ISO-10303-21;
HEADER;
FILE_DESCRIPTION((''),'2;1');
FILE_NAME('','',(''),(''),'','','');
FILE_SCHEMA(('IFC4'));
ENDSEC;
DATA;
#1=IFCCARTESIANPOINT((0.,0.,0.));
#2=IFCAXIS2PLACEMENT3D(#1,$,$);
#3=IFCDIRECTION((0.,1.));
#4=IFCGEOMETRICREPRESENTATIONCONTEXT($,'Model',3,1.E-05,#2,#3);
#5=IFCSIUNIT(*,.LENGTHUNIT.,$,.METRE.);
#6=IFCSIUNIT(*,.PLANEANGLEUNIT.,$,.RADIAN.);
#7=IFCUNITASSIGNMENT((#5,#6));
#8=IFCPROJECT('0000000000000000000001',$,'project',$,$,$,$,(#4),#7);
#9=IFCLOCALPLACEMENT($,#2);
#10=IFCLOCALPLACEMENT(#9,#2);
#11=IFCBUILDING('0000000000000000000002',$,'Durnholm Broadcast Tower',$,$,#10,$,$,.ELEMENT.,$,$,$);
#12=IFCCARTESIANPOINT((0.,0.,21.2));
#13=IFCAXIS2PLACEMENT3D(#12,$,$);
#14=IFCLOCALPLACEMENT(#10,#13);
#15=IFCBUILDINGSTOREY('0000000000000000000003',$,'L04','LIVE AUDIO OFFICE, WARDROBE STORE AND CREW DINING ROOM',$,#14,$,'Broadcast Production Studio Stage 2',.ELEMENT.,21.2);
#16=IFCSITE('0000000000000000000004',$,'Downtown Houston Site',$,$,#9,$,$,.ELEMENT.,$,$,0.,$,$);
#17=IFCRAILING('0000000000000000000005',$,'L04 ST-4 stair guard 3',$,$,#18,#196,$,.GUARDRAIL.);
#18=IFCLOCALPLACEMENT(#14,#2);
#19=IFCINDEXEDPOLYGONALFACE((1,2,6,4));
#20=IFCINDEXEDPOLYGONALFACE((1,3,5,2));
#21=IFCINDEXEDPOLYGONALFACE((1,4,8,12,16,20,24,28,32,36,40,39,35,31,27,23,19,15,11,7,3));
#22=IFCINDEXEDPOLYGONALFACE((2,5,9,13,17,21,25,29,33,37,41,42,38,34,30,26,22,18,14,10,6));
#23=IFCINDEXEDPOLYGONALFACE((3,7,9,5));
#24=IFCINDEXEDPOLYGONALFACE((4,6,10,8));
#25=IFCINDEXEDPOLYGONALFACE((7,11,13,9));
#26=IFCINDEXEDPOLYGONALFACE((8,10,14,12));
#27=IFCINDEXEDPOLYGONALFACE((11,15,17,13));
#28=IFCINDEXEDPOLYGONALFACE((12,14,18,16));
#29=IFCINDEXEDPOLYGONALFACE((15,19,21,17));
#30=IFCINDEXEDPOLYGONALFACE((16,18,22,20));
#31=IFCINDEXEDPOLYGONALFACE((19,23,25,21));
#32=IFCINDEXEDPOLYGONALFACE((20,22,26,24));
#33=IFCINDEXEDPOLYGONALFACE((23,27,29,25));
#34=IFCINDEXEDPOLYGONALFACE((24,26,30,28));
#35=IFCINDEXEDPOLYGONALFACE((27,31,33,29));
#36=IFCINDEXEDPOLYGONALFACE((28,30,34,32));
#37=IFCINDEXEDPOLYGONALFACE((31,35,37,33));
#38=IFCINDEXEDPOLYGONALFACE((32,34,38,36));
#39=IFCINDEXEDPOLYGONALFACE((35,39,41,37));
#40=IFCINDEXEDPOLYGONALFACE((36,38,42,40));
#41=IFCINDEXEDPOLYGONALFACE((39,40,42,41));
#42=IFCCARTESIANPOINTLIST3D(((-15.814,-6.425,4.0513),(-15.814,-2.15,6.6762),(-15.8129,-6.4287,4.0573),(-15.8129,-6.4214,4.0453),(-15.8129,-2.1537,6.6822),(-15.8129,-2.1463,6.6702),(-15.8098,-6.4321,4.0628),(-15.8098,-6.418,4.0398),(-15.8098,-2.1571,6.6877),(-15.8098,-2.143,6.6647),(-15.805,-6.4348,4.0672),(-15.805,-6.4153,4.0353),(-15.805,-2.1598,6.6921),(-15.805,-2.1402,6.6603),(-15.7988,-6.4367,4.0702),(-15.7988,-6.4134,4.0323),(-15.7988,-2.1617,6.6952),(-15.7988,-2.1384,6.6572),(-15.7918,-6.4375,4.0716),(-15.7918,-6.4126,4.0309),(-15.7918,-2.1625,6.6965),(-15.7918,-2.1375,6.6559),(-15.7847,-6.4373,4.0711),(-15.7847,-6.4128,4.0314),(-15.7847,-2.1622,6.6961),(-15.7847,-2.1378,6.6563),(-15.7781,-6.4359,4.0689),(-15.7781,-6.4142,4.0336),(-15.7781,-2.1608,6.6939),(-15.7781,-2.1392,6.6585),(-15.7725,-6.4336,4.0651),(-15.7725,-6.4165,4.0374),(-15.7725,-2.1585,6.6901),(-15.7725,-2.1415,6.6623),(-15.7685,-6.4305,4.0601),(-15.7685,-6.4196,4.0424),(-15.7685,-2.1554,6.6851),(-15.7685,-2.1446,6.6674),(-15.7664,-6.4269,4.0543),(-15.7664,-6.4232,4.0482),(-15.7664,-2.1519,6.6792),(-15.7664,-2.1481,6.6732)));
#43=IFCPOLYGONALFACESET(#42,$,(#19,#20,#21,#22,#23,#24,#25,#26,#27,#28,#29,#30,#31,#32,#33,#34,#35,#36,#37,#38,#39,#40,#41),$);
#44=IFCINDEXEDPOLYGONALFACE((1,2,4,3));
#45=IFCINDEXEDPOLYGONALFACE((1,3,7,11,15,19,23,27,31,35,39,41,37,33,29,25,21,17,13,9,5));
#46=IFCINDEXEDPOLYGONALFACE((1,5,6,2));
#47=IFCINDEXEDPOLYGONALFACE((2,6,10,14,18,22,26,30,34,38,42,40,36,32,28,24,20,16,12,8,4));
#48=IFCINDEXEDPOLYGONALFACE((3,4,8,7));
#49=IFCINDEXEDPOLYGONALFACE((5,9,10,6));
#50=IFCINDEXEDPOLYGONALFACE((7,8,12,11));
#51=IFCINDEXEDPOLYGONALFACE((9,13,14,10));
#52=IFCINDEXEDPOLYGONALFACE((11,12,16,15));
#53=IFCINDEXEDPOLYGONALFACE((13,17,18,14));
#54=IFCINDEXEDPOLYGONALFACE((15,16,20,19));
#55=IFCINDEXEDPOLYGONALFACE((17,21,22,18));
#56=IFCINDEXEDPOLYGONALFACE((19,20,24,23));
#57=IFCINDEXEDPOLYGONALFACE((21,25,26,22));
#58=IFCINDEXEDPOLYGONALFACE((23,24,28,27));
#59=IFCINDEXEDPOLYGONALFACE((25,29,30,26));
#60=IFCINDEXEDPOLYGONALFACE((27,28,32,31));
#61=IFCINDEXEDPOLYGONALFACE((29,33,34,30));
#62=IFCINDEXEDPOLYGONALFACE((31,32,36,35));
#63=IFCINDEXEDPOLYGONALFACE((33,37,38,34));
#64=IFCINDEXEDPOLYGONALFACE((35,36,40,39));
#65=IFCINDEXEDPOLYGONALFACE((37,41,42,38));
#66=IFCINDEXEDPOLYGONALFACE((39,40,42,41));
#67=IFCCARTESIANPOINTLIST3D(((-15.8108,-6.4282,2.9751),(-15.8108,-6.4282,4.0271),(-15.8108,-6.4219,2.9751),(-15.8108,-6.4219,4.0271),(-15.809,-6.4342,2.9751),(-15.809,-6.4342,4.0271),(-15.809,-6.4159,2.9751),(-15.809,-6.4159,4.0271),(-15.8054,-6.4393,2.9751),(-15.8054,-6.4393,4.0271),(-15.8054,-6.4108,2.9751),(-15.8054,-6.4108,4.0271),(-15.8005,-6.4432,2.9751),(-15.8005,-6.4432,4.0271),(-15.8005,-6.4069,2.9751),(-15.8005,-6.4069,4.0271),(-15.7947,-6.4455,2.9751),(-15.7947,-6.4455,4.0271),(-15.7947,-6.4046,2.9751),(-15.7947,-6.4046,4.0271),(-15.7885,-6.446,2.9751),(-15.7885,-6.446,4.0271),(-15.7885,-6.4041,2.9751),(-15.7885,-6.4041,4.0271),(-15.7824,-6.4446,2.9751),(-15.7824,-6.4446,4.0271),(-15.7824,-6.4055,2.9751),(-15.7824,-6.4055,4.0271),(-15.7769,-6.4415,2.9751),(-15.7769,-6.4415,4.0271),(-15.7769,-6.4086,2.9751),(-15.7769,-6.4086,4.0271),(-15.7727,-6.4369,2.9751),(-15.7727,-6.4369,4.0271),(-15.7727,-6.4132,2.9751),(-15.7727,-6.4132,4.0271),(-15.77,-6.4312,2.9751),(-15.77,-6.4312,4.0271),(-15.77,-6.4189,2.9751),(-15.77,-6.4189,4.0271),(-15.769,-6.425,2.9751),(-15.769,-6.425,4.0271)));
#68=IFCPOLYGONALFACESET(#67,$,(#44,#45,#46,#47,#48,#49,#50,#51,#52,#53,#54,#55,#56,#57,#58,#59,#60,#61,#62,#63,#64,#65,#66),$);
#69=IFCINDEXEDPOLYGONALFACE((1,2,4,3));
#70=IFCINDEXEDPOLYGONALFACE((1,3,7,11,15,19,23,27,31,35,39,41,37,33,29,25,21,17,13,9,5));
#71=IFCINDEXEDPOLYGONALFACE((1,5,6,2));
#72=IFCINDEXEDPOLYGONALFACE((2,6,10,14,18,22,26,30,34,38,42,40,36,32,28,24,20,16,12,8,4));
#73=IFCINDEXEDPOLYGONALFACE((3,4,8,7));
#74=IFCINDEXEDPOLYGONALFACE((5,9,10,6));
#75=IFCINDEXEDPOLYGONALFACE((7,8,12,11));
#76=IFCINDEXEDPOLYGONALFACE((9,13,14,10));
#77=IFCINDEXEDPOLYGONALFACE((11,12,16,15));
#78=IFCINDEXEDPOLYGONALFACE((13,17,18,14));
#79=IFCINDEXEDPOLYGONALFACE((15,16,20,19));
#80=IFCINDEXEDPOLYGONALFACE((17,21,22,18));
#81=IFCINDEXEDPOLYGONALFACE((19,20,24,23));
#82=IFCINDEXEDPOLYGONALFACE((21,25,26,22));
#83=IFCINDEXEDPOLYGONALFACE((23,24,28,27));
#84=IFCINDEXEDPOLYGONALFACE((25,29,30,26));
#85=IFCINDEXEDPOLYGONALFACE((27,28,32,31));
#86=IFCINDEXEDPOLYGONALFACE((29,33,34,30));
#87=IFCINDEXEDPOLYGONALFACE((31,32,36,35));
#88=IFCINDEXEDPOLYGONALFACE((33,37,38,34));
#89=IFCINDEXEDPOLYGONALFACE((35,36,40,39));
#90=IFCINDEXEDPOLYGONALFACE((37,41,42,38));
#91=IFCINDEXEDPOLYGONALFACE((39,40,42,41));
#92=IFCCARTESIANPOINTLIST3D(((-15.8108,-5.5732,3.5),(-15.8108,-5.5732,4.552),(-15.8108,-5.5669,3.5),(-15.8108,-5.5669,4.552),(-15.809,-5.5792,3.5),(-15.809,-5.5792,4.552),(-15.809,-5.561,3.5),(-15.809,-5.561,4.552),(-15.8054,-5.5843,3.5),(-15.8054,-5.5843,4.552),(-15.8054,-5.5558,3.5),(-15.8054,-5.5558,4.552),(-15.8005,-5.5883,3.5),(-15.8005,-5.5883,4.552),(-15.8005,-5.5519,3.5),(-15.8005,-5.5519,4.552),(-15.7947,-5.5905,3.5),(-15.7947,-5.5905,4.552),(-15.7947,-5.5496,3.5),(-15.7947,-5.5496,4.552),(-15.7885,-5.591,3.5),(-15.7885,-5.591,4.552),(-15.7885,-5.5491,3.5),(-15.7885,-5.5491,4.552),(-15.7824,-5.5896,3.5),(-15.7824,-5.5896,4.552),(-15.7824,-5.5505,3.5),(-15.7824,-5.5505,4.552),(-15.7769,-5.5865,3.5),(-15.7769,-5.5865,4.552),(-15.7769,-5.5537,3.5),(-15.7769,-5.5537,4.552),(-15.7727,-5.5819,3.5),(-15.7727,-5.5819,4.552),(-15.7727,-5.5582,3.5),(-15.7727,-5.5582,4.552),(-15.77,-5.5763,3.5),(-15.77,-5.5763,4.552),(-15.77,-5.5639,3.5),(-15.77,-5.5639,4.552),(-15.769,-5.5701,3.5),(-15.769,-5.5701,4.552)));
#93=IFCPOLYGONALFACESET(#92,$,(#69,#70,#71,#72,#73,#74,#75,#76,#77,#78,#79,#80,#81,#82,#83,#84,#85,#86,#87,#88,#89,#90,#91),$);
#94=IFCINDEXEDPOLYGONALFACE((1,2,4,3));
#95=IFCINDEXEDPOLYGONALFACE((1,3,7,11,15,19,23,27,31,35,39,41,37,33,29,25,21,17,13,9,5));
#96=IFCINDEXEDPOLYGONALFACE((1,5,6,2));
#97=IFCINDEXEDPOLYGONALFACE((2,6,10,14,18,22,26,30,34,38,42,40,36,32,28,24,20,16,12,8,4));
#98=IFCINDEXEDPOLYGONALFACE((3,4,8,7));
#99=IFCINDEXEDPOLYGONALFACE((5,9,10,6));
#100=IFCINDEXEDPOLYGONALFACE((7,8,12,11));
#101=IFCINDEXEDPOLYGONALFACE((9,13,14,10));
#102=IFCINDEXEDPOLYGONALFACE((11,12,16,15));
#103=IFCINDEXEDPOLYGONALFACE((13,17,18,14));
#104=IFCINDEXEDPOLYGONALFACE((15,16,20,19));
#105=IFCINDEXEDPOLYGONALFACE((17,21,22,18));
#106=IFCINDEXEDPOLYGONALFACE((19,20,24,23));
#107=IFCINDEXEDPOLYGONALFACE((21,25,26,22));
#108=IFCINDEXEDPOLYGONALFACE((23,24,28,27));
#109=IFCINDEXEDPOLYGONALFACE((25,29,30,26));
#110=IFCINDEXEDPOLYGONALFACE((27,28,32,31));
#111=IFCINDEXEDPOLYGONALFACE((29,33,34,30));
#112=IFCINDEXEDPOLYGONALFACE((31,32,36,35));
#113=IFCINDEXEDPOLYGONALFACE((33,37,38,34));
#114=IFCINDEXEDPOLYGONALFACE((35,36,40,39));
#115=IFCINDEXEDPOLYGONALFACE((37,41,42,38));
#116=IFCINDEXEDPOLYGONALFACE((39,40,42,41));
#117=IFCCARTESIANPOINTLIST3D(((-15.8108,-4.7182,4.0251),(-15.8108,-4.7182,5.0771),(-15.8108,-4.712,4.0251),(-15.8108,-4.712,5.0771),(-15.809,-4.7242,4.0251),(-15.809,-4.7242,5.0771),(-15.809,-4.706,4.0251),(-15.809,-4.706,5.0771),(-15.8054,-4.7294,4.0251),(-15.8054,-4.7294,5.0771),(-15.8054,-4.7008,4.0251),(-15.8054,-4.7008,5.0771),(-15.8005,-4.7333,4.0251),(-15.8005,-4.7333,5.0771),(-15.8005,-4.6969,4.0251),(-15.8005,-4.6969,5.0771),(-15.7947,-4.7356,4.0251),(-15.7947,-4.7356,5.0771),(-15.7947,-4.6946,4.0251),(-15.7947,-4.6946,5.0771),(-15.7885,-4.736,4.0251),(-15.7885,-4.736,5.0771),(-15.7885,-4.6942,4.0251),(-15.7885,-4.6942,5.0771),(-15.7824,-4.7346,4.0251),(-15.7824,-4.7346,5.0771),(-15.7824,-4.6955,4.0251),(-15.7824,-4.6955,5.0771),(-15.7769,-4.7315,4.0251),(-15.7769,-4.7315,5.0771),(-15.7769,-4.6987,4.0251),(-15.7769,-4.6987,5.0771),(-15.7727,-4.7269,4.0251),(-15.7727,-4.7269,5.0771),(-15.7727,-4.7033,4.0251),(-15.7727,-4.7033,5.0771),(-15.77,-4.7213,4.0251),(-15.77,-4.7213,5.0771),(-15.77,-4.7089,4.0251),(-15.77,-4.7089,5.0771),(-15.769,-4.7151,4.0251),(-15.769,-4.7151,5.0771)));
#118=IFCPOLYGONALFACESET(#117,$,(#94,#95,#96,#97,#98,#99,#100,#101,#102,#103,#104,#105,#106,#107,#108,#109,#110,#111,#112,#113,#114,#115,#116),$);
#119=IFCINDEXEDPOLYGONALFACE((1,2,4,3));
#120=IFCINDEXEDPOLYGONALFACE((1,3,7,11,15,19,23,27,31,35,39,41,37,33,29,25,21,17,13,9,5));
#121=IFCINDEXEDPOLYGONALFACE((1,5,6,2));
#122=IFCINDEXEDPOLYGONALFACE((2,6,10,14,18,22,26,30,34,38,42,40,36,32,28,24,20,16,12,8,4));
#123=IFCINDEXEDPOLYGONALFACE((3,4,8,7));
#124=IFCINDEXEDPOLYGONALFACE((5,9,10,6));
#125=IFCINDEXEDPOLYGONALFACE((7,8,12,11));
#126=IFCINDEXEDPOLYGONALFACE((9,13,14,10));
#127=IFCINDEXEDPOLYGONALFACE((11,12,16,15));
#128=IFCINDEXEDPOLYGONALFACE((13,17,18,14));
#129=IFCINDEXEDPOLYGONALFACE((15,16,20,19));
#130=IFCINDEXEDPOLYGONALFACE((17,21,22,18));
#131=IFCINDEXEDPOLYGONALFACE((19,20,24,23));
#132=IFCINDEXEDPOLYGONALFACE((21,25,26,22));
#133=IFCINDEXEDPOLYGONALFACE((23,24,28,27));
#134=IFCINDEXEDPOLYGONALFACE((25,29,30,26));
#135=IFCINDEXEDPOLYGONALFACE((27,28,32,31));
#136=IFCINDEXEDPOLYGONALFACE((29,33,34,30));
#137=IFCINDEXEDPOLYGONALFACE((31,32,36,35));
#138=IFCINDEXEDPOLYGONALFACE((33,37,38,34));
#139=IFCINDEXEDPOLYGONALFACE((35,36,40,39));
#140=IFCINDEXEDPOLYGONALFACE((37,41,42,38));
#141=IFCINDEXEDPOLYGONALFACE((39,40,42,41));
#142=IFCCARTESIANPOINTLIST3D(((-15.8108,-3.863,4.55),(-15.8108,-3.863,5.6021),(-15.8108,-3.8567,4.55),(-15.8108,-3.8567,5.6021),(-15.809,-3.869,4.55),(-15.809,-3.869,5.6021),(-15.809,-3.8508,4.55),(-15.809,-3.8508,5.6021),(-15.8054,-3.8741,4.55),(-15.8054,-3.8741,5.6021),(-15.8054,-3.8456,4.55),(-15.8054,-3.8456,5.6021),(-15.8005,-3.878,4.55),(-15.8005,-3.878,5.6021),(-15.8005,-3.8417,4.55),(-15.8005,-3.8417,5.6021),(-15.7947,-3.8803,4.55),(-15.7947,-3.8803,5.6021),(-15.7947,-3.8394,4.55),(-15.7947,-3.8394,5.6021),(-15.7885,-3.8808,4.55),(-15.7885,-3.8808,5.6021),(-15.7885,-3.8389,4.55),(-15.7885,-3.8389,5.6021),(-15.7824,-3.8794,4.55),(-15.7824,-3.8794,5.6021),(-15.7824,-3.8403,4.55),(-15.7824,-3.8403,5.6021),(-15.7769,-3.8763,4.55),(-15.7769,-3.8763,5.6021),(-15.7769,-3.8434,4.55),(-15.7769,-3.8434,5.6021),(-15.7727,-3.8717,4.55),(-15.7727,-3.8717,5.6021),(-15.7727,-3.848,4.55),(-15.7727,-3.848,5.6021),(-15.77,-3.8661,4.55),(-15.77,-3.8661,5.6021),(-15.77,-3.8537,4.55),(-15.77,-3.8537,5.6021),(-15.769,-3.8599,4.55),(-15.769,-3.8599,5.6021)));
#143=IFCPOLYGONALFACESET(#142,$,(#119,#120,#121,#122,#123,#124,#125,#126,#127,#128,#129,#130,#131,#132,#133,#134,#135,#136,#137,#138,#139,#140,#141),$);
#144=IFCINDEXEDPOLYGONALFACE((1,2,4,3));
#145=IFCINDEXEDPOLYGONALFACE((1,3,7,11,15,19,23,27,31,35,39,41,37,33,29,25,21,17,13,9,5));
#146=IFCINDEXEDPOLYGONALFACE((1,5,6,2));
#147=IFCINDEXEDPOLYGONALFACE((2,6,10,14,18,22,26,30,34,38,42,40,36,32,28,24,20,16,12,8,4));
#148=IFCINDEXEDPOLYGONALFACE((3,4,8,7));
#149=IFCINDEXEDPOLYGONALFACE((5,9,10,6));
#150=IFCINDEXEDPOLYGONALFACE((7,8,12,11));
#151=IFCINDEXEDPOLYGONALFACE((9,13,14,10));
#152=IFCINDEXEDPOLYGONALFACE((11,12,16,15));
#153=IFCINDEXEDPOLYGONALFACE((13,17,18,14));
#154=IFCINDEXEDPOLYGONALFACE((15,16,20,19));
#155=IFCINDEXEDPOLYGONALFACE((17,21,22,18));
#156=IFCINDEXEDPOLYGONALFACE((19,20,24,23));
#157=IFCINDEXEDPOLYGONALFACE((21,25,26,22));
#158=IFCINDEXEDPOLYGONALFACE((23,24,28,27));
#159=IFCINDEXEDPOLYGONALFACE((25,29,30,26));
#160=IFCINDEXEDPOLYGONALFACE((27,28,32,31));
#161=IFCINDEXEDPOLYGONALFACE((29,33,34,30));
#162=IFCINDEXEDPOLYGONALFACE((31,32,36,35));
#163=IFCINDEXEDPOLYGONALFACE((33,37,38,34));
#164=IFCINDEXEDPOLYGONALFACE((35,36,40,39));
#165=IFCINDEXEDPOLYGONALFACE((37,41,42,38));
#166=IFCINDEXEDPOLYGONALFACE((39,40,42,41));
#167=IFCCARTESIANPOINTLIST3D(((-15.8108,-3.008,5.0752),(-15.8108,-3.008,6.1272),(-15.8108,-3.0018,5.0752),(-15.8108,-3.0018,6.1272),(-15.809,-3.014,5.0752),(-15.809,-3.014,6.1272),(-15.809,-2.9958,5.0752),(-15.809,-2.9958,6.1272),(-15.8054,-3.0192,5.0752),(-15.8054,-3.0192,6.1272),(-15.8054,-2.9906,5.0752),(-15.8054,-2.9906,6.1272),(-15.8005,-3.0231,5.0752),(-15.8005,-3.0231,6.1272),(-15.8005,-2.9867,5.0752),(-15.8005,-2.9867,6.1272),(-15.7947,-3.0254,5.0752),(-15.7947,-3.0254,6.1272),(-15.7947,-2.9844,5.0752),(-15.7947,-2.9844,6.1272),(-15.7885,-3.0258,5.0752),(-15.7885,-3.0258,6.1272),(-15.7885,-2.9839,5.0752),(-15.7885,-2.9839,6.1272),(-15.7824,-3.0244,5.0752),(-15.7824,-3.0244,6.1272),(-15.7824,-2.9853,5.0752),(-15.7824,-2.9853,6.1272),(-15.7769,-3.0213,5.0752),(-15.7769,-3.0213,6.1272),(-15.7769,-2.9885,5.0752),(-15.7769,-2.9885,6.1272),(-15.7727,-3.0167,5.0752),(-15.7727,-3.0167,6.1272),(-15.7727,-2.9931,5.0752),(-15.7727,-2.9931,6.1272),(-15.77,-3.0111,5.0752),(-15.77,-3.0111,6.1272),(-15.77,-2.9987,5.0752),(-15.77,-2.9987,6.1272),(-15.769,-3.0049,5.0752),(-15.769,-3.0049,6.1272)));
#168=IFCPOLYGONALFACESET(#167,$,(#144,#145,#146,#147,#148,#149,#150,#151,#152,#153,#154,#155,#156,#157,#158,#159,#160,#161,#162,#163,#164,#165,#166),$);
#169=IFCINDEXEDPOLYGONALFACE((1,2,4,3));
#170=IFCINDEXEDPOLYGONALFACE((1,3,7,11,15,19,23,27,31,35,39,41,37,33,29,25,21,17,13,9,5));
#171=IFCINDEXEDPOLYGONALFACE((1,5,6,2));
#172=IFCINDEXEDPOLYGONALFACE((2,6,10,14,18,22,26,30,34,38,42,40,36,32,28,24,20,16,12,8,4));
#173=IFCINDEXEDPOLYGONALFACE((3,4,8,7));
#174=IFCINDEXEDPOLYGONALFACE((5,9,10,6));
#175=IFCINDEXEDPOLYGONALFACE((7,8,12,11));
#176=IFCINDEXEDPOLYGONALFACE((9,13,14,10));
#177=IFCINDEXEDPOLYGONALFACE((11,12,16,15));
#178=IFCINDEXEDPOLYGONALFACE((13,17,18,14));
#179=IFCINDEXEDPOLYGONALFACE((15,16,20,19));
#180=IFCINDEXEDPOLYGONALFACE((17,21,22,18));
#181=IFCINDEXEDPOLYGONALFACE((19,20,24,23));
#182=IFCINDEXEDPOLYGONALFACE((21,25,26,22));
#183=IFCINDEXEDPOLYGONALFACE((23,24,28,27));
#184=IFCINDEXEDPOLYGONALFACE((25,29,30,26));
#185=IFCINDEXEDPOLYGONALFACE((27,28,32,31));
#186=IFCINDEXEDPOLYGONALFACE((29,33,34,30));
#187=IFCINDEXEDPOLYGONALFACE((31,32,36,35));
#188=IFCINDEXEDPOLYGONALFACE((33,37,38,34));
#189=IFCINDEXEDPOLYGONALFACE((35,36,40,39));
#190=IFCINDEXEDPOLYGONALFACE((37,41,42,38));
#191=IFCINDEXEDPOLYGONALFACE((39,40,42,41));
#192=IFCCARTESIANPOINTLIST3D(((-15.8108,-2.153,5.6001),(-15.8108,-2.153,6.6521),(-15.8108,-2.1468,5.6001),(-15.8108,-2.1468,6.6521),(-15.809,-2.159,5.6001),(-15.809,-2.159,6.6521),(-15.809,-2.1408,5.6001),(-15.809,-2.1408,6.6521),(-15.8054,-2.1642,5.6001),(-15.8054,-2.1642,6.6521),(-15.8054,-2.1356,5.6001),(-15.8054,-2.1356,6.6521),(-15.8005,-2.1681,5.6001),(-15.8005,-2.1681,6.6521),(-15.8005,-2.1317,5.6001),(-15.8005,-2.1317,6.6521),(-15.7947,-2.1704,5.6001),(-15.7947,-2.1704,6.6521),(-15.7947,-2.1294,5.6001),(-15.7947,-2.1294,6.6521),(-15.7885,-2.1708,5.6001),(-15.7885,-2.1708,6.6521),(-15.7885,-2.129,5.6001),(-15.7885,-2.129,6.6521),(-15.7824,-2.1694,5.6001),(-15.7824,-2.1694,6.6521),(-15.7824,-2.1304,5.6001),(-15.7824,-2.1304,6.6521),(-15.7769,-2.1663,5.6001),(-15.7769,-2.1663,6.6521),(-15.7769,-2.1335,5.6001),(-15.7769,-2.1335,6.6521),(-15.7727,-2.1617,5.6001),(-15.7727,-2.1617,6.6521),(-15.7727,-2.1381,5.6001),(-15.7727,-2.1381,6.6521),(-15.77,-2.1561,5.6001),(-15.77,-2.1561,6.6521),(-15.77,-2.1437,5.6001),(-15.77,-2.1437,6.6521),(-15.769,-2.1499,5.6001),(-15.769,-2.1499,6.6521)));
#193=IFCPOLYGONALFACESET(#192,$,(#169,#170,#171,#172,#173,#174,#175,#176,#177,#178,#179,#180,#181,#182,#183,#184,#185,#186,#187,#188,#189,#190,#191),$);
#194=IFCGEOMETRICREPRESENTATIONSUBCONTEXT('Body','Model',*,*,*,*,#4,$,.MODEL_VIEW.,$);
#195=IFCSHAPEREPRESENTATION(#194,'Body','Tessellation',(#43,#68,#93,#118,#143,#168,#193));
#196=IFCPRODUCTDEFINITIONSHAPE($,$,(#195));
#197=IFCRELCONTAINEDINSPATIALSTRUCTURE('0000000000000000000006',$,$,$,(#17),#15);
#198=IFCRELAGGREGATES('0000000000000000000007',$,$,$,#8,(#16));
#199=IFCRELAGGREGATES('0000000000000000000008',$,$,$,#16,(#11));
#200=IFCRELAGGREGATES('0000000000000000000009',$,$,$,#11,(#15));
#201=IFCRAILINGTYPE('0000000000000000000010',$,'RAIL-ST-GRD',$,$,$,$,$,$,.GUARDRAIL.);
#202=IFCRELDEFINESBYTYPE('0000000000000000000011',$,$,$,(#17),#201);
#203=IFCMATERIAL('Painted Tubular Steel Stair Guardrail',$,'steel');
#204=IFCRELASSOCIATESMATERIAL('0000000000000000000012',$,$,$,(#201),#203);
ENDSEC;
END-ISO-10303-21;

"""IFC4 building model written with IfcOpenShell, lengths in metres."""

from ifc_helpers import new_model, si_unit, direction, frame, origin, origin_2d, place, context, subcontext, project, spatial, circle, extrude, material, type_object, element, save


model = new_model("IFC4")

# Units and contexts
model_context = context("Model", 3, precision=1e-05, world=origin(), true_north=direction((0.0, 1.0)))
body_context = subcontext(model_context, "Body", "Model", "MODEL_VIEW")
ifc_project = project(units=[si_unit("LENGTHUNIT", "METRE"), si_unit("PLANEANGLEUNIT", "RADIAN")], contexts=[model_context])

# Site, building, storey
site_placement = place(None, origin())
site = spatial("IfcSite", under=ifc_project, at=site_placement, Name="Downtown Houston Site", CompositionType="ELEMENT", RefElevation=0.0)
building_placement = place(site_placement, origin())
building = spatial("IfcBuilding", under=site, at=building_placement, Name="Durnholm Broadcast Tower", CompositionType="ELEMENT")
storey_placement = place(building_placement, frame((0.0, 0.0, 21.2)))
storey = spatial("IfcBuildingStorey", under=building, at=storey_placement, Name="L04", Description="LIVE AUDIO OFFICE, WARDROBE STORE AND CREW DINING ROOM", LongName="Broadcast Production Studio Stage 2", CompositionType="ELEMENT", Elevation=21.2)

# Railing
ifc_material_1 = material(Name="Painted Tubular Steel Stair Guardrail", Category="steel")
railing_type_1 = type_object("IfcRailingType", Name="RAIL-ST-GRD", PredefinedType="GUARDRAIL", material=ifc_material_1)
railing_1_placement = place(storey_placement, frame((-15.79, -6.425, 2.9751)))
element("IfcRailing", 1, at=railing_1_placement, inside=storey, type_object=railing_type_1, Name="L04 ST-4 stair guard 3", PredefinedType="GUARDRAIL", context=body_context, shape_type="SweptSolid", body=[
    extrude(circle(Radius=0.0239, at=origin_2d()), frame((0.0, 0.0, 1.0762), z_axis=(0.0, 0.852179, 0.52325), x_axis=(-1.0, 0.0, 0.0)), (0.0, 0.0, 1.0), 5.0166),
    extrude(circle(Radius=0.021, at=origin_2d()), origin(), (0.0, 0.0, 1.0), 1.052),
    extrude(circle(Radius=0.021, at=origin_2d()), frame((0.0, 0.855, 0.5249)), (0.0, 0.0, 1.0), 1.052),
    extrude(circle(Radius=0.021, at=origin_2d()), frame((0.0, 1.71, 1.05)), (0.0, 0.0, 1.0), 1.052),
    extrude(circle(Radius=0.021, at=origin_2d()), frame((0.0, 2.5652, 1.575)), (0.0, 0.0, 1.0), 1.052),
    extrude(circle(Radius=0.021, at=origin_2d()), frame((0.0, 3.4202, 2.1001)), (0.0, 0.0, 1.0), 1.052),
    extrude(circle(Radius=0.021, at=origin_2d()), frame((0.0, 4.2751, 2.625)), (0.0, 0.0, 1.0), 1.052),
])

save(model, "model.ifc")
